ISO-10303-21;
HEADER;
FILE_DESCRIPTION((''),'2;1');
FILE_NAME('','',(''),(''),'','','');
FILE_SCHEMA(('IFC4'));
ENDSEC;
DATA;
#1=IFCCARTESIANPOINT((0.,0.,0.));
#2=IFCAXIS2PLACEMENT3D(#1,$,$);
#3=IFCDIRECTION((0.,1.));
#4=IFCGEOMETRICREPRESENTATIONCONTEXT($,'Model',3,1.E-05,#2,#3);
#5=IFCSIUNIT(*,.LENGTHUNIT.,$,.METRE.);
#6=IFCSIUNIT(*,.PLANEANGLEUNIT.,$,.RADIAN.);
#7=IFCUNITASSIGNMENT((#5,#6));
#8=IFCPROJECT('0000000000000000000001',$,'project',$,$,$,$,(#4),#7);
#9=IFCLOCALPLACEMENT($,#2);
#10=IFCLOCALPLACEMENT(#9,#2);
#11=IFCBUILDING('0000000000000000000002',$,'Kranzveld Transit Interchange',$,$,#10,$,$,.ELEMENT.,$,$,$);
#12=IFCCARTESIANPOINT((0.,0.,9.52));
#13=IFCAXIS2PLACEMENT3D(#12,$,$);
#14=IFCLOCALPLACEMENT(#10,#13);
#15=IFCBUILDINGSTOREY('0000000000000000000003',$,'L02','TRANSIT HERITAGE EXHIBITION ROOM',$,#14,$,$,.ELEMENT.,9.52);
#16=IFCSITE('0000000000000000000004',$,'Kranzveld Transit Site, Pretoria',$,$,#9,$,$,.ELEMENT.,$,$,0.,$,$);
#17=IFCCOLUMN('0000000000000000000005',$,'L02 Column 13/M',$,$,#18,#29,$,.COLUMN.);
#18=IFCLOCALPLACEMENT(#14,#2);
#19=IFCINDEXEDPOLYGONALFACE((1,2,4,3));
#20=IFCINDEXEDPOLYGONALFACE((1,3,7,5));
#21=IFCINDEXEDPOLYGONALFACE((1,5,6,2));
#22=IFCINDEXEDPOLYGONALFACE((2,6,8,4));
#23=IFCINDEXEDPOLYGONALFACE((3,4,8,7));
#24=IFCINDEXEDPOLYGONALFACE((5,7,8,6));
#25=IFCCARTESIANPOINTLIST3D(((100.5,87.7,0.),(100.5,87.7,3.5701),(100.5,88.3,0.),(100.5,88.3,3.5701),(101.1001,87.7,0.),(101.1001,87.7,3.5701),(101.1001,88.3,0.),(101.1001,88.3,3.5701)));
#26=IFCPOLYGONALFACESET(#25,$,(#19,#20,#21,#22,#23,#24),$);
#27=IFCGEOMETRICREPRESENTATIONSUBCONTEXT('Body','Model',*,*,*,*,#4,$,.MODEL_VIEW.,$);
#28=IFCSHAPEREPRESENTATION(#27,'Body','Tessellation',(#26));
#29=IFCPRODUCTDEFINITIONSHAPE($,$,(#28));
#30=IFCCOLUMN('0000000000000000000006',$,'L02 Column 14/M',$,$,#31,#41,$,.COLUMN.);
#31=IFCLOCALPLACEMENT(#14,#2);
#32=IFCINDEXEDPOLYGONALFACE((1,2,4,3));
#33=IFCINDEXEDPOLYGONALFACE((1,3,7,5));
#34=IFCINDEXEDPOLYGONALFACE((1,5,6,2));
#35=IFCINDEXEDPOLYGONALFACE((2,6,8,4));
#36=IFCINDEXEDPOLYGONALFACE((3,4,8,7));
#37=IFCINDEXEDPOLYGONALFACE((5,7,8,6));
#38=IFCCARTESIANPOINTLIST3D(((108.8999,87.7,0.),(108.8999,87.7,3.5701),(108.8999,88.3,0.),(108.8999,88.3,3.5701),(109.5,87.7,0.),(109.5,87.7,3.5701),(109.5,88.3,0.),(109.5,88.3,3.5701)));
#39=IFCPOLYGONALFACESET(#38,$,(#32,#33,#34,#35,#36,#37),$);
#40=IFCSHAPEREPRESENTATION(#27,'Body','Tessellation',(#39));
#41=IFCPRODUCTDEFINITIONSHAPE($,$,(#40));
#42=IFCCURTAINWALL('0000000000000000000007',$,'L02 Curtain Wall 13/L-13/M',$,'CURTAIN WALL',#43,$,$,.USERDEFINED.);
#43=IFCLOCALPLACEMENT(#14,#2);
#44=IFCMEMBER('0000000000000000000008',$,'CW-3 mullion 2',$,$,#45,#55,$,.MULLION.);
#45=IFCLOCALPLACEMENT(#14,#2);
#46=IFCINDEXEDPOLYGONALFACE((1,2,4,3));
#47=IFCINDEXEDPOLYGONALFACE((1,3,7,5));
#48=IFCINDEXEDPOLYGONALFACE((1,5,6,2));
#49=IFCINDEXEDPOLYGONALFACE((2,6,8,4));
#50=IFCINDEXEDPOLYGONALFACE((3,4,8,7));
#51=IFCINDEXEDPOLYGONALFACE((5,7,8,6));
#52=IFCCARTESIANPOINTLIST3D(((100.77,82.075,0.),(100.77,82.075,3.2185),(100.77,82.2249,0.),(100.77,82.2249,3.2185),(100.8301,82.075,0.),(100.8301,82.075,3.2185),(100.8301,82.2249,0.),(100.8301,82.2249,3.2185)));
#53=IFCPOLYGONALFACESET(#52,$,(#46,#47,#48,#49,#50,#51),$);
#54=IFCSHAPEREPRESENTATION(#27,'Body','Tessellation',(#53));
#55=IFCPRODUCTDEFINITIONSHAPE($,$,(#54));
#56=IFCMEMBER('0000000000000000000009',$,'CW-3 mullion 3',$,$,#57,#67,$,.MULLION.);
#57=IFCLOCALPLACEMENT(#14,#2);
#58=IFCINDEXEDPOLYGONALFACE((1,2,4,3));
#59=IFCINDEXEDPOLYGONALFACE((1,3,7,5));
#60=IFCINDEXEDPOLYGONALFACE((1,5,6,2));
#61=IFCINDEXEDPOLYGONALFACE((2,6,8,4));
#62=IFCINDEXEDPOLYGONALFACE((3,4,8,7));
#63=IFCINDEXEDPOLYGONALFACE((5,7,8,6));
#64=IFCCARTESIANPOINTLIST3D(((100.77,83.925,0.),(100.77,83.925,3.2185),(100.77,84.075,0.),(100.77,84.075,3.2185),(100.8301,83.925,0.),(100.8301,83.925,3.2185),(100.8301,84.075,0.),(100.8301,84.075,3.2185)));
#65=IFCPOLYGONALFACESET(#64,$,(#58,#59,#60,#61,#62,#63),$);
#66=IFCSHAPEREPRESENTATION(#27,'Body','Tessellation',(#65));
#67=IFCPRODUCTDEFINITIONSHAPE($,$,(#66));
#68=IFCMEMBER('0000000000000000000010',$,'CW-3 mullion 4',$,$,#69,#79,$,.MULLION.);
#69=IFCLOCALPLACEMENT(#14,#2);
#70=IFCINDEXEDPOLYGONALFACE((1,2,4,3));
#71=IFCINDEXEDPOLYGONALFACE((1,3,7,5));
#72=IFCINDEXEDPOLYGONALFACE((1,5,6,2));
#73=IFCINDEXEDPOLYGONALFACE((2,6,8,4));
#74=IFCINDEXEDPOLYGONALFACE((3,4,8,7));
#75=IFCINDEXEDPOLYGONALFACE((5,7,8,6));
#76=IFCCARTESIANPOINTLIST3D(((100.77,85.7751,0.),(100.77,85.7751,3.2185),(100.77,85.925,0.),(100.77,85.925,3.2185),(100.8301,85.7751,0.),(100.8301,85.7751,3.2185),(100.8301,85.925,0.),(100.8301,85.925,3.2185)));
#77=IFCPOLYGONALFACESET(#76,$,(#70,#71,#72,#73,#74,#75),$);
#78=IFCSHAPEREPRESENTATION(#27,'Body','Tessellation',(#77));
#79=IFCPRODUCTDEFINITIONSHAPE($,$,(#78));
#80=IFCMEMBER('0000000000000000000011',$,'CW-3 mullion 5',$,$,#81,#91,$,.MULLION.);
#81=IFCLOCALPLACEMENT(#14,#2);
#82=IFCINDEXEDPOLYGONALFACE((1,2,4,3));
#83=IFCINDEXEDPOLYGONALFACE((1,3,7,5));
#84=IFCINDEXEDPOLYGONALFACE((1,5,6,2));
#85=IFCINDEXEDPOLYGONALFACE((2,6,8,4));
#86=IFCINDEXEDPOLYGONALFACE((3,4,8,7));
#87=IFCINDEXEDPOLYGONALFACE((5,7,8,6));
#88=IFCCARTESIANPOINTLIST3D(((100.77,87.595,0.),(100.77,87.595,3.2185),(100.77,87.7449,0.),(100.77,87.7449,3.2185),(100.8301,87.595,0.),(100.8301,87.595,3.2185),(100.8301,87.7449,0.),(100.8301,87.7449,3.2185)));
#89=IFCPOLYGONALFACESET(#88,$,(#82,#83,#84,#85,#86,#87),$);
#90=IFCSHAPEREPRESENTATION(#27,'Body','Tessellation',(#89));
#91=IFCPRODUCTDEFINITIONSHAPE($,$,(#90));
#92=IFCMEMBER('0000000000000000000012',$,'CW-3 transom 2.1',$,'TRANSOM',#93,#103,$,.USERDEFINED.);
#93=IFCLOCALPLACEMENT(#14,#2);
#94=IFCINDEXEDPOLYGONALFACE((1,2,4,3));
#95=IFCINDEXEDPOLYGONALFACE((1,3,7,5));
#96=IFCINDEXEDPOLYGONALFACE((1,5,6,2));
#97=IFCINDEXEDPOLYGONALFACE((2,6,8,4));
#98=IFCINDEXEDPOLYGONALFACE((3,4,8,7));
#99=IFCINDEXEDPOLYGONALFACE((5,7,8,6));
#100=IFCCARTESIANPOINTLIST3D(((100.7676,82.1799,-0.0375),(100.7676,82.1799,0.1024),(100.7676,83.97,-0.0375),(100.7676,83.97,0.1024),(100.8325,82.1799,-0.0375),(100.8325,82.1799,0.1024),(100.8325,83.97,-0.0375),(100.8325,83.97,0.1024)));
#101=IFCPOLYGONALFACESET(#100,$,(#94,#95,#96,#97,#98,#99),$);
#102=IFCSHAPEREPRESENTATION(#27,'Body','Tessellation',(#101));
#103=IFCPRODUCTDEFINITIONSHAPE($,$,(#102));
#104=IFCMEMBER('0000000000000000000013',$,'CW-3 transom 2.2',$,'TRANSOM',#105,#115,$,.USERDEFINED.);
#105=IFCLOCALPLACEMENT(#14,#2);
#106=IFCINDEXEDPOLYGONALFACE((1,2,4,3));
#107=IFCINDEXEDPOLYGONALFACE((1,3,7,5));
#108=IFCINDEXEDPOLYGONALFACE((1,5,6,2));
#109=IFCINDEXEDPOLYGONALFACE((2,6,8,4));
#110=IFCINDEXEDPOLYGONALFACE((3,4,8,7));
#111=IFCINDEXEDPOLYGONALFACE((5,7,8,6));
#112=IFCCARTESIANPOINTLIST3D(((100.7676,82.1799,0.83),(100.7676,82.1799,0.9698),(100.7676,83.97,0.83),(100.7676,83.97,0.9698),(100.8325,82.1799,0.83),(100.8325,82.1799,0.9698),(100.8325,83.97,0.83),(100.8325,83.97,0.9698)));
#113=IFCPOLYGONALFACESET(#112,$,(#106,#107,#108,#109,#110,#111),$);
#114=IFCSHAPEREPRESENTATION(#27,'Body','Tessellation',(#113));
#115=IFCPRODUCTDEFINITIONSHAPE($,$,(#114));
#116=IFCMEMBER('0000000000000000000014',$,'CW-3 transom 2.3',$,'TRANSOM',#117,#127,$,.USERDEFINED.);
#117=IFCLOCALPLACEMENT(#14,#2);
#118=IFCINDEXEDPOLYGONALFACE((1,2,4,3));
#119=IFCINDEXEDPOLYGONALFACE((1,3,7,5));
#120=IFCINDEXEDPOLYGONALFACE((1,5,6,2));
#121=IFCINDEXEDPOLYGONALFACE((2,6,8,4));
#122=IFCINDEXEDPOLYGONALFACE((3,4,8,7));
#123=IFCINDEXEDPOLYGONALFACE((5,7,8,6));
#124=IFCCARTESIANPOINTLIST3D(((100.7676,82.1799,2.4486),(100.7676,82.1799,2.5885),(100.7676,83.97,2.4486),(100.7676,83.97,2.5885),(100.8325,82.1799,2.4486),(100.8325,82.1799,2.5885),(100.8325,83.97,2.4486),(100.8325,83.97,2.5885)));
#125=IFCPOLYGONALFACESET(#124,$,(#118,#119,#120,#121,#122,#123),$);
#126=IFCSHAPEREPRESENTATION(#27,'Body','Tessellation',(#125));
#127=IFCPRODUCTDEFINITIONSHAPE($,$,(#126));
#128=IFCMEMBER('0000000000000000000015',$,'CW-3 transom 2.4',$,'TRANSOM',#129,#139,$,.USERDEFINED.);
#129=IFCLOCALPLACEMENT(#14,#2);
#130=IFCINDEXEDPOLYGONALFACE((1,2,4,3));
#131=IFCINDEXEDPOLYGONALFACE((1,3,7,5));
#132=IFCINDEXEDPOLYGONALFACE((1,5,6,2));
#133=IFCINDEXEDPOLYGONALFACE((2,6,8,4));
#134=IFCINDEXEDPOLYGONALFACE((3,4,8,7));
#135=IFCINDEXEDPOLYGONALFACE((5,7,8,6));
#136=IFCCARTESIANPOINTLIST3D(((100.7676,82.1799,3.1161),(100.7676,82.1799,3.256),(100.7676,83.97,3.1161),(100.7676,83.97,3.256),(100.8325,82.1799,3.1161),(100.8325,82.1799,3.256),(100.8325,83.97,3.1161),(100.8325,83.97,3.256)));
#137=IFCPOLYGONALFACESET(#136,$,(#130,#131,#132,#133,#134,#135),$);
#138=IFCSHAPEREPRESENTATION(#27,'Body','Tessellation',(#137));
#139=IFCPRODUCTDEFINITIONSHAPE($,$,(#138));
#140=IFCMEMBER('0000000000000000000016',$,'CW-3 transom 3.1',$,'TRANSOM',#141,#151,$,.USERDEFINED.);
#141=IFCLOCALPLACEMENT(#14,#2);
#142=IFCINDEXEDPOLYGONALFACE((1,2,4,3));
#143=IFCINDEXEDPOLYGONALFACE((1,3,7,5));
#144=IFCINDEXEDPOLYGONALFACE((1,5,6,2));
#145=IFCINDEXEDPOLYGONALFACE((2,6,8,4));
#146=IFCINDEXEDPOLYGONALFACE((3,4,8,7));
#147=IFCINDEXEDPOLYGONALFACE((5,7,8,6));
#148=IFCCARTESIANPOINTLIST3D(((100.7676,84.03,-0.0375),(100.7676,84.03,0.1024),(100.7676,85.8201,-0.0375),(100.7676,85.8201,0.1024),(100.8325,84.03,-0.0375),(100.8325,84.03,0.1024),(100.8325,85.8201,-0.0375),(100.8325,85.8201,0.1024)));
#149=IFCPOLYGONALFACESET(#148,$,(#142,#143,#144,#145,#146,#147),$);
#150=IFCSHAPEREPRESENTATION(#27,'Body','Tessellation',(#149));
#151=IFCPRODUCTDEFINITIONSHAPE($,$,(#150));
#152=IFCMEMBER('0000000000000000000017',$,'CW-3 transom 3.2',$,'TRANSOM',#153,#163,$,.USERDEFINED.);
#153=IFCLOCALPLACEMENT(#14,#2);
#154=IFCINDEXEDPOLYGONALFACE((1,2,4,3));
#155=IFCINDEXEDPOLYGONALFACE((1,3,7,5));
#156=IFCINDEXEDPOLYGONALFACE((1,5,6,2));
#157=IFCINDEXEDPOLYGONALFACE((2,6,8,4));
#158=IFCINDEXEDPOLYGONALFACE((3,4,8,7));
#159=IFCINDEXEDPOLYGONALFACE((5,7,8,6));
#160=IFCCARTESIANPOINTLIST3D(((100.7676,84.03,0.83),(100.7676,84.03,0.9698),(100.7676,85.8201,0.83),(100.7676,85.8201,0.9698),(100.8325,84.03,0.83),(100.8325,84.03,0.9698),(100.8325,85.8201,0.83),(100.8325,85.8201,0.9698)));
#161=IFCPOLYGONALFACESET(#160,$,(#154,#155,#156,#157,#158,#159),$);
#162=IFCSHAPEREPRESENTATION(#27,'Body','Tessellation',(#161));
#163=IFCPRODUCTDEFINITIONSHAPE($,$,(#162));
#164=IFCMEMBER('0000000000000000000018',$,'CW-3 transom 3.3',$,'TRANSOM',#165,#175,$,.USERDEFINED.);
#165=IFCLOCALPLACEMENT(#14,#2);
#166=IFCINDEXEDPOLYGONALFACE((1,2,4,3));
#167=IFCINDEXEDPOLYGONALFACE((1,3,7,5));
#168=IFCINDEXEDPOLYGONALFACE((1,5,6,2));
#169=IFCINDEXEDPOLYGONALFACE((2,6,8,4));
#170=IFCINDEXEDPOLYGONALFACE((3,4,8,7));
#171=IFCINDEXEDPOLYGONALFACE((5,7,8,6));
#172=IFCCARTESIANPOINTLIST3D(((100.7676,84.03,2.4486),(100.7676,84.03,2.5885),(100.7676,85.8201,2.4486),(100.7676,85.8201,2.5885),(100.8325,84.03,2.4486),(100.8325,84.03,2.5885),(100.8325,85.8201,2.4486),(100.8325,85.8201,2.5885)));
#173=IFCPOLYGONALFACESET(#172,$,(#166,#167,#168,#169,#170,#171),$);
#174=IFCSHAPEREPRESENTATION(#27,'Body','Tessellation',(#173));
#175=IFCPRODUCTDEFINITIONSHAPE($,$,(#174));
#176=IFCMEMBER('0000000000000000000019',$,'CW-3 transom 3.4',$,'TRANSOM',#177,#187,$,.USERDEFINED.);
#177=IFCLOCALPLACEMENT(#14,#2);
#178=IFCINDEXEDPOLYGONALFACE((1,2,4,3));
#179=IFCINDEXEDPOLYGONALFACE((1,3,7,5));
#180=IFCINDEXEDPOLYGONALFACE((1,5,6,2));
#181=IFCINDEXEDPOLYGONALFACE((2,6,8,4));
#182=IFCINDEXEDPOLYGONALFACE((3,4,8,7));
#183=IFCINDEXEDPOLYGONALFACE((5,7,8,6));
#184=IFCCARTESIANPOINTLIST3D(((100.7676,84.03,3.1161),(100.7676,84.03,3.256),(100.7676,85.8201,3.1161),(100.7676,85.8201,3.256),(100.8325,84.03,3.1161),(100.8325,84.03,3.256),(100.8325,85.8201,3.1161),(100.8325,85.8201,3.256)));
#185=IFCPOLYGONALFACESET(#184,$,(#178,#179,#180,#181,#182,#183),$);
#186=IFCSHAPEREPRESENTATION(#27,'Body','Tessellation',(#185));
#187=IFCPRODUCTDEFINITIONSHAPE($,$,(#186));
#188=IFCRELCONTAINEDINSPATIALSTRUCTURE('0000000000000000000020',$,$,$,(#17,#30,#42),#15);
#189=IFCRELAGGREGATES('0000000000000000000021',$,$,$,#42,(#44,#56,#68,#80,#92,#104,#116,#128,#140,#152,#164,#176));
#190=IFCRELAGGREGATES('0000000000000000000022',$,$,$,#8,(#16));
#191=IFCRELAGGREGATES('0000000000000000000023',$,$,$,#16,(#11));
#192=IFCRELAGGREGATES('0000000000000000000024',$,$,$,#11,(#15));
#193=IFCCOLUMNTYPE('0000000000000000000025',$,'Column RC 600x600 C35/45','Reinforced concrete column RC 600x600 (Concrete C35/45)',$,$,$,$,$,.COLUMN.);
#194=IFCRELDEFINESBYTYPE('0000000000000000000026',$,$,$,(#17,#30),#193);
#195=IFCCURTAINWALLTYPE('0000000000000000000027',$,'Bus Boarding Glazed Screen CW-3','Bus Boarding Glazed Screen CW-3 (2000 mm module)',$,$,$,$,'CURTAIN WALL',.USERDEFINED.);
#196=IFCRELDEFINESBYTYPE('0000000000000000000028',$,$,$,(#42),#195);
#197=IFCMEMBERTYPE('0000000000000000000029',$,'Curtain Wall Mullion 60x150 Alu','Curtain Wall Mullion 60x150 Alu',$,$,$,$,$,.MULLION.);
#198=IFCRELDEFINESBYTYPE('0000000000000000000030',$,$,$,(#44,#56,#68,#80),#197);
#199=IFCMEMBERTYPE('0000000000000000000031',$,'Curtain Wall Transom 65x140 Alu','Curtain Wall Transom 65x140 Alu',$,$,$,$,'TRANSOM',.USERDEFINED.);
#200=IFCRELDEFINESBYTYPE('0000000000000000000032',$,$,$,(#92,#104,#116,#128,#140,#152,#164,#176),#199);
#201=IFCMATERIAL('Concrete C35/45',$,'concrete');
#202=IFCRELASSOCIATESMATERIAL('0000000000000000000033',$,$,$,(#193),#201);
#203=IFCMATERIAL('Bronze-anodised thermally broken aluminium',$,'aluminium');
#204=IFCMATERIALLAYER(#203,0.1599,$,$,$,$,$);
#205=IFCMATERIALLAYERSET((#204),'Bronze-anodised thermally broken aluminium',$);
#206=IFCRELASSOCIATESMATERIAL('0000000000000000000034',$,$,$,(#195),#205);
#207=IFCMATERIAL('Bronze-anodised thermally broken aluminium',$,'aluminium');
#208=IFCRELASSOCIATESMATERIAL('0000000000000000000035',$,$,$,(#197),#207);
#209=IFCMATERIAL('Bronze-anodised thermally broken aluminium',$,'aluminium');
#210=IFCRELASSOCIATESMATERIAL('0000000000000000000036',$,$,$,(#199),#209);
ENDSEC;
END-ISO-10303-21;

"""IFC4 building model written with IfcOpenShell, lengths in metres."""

from ifc_helpers import new_model, si_unit, direction, frame, origin, origin_2d, place, context, subcontext, project, spatial, rectangle, extrude, material, layer, layer_set, material_profile, profile_set, type_object, element, aggregate, save


model = new_model("IFC4")

# Units and contexts
model_context = context("Model", 3, precision=1e-05, world=origin(), true_north=direction((0.0, 1.0)))
body_context = subcontext(model_context, "Body", "Model", "MODEL_VIEW")
ifc_project = project(units=[si_unit("LENGTHUNIT", "METRE"), si_unit("PLANEANGLEUNIT", "RADIAN")], contexts=[model_context])

# Site, building, storey
site_placement = place(None, origin())
site = spatial("IfcSite", under=ifc_project, at=site_placement, Name="Kranzveld Transit Site, Pretoria", CompositionType="ELEMENT", RefElevation=0.0)
building_placement = place(site_placement, origin())
building = spatial("IfcBuilding", under=site, at=building_placement, Name="Kranzveld Transit Interchange", CompositionType="ELEMENT")
storey_placement = place(building_placement, frame((0.0, 0.0, 9.52)))
storey = spatial("IfcBuildingStorey", under=building, at=storey_placement, Name="L02", Description="TRANSIT HERITAGE EXHIBITION ROOM", CompositionType="ELEMENT", Elevation=9.52)

# Columns
ifc_material_1 = material(Name="Concrete C35/45", Category="concrete")
ifc_material_profile_1 = material_profile(ifc_material_1, rectangle(XDim=0.6001, YDim=0.6001, at=origin_2d()), Name="RC 600x600")
ifc_profile_set_1 = profile_set([ifc_material_profile_1], Name="Concrete C35/45")
column_type = type_object("IfcColumnType", Name="Column RC 600x600 C35/45", Description="Reinforced concrete column RC 600x600 (Concrete C35/45)", PredefinedType="COLUMN", material=ifc_profile_set_1)
for number, where, z_axis, x_axis, name in (
    (1, (100.8, 88.0, 0.0), (0.0, 0.0, 1.0), (1.0, 0.0, 0.0), "L02 Column 13/M"),
    (2, (109.2, 88.0, 0.0), (0.0, 0.0, 1.0), (1.0, 0.0, 0.0), "L02 Column 14/M"),
):
    element("IfcColumn", number, at=place(storey_placement, frame(where, z_axis=z_axis, x_axis=x_axis)), inside=storey, type_object=column_type, Name=name, PredefinedType="COLUMN", context=body_context, shape_type="SweptSolid", body=[
        extrude(rectangle(XDim=0.6001, YDim=0.6001, at=origin_2d()), origin(), (0.0, 0.0, 1.0), 3.5701),
    ])

# Curtain wall, members
ifc_material_2 = material(Name="Bronze-anodised thermally broken aluminium", Category="aluminium")
ifc_layer_1 = layer(ifc_material_2, 0.1599)
ifc_layer_set_1 = layer_set([ifc_layer_1], Name="Bronze-anodised thermally broken aluminium")
curtain_wall_type = type_object("IfcCurtainWallType", Name="Bus Boarding Glazed Screen CW-3", Description="Bus Boarding Glazed Screen CW-3 (2000 mm module)", ElementType="CURTAIN WALL", PredefinedType="USERDEFINED", material=ifc_layer_set_1)
curtain_wall_placement = place(storey_placement, origin())
curtain_wall = element("IfcCurtainWall", 3, at=curtain_wall_placement, inside=storey, type_object=curtain_wall_type, Name="L02 Curtain Wall 13/L-13/M", ObjectType="CURTAIN WALL", PredefinedType="USERDEFINED")
ifc_material_3 = material(Name="Bronze-anodised thermally broken aluminium", Category="aluminium")
ifc_material_profile_2 = material_profile(ifc_material_3, rectangle(XDim=0.0601, YDim=0.1499, at=origin_2d()), Name="ALU MULLION 60x150")
ifc_profile_set_2 = profile_set([ifc_material_profile_2], Name="Bronze-anodised thermally broken aluminium")
member_type_1 = type_object("IfcMemberType", Name="Curtain Wall Mullion 60x150 Alu", Description="Curtain Wall Mullion 60x150 Alu", PredefinedType="MULLION", material=ifc_profile_set_2)
member_1_placement = place(storey_placement, frame((100.8, 82.1499, 0.0), z_axis=(0.0, 0.0, 1.0), x_axis=(-1.0, 0.0, 0.0)))
member_1 = element("IfcMember", 4, at=member_1_placement, type_object=member_type_1, Name="CW-3 mullion 2", PredefinedType="MULLION", context=body_context, shape_type="SweptSolid", body=[
    extrude(rectangle(XDim=0.0601, YDim=0.1499, at=origin_2d()), origin(), (0.0, 0.0, 1.0), 3.2185),
])
member_2_placement = place(storey_placement, frame((100.8, 84.0, 0.0), z_axis=(0.0, 0.0, 1.0), x_axis=(-1.0, 0.0, 0.0)))
member_2 = element("IfcMember", 5, at=member_2_placement, type_object=member_type_1, Name="CW-3 mullion 3", PredefinedType="MULLION", context=body_context, shape_type="SweptSolid", body=[
    extrude(rectangle(XDim=0.0601, YDim=0.1499, at=origin_2d()), origin(), (0.0, 0.0, 1.0), 3.2185),
])
member_3_placement = place(storey_placement, frame((100.8, 85.8501, 0.0), z_axis=(0.0, 0.0, 1.0), x_axis=(-1.0, 0.0, 0.0)))
member_3 = element("IfcMember", 6, at=member_3_placement, type_object=member_type_1, Name="CW-3 mullion 4", PredefinedType="MULLION", context=body_context, shape_type="SweptSolid", body=[
    extrude(rectangle(XDim=0.0601, YDim=0.1499, at=origin_2d()), origin(), (0.0, 0.0, 1.0), 3.2185),
])
member_4_placement = place(storey_placement, frame((100.8, 87.6699, 0.0), z_axis=(0.0, 0.0, 1.0), x_axis=(-1.0, 0.0, 0.0)))
member_4 = element("IfcMember", 7, at=member_4_placement, type_object=member_type_1, Name="CW-3 mullion 5", PredefinedType="MULLION", context=body_context, shape_type="SweptSolid", body=[
    extrude(rectangle(XDim=0.0601, YDim=0.1499, at=origin_2d()), origin(), (0.0, 0.0, 1.0), 3.2185),
])
ifc_material_4 = material(Name="Bronze-anodised thermally broken aluminium", Category="aluminium")
ifc_material_profile_3 = material_profile(ifc_material_4, rectangle(XDim=0.0649, YDim=0.1399, at=origin_2d()), Name="ALU TRANSOM 65x140")
ifc_profile_set_3 = profile_set([ifc_material_profile_3], Name="Bronze-anodised thermally broken aluminium")
member_type_2 = type_object("IfcMemberType", Name="Curtain Wall Transom 65x140 Alu", Description="Curtain Wall Transom 65x140 Alu", ElementType="TRANSOM", PredefinedType="USERDEFINED", material=ifc_profile_set_3)
member_5_placement = place(storey_placement, frame((100.8, 82.1799, 0.0325), z_axis=(0.0, 1.0, 0.0), x_axis=(-1.0, 0.0, 0.0)))
member_5 = element("IfcMember", 8, at=member_5_placement, type_object=member_type_2, Name="CW-3 transom 2.1", ObjectType="TRANSOM", PredefinedType="USERDEFINED", context=body_context, shape_type="SweptSolid", body=[
    extrude(rectangle(XDim=0.0649, YDim=0.1399, at=origin_2d()), origin(), (0.0, 0.0, 1.0), 1.79),
])
member_6_placement = place(storey_placement, frame((100.8, 82.1799, 0.8999), z_axis=(0.0, 1.0, 0.0), x_axis=(-1.0, 0.0, 0.0)))
member_6 = element("IfcMember", 9, at=member_6_placement, type_object=member_type_2, Name="CW-3 transom 2.2", ObjectType="TRANSOM", PredefinedType="USERDEFINED", context=body_context, shape_type="SweptSolid", body=[
    extrude(rectangle(XDim=0.0649, YDim=0.1399, at=origin_2d()), origin(), (0.0, 0.0, 1.0), 1.79),
])
member_7_placement = place(storey_placement, frame((100.8, 82.1799, 2.5186), z_axis=(0.0, 1.0, 0.0), x_axis=(-1.0, 0.0, 0.0)))
member_7 = element("IfcMember", 10, at=member_7_placement, type_object=member_type_2, Name="CW-3 transom 2.3", ObjectType="TRANSOM", PredefinedType="USERDEFINED", context=body_context, shape_type="SweptSolid", body=[
    extrude(rectangle(XDim=0.0649, YDim=0.1399, at=origin_2d()), origin(), (0.0, 0.0, 1.0), 1.79),
])
member_8_placement = place(storey_placement, frame((100.8, 82.1799, 3.186), z_axis=(0.0, 1.0, 0.0), x_axis=(-1.0, 0.0, 0.0)))
member_8 = element("IfcMember", 11, at=member_8_placement, type_object=member_type_2, Name="CW-3 transom 2.4", ObjectType="TRANSOM", PredefinedType="USERDEFINED", context=body_context, shape_type="SweptSolid", body=[
    extrude(rectangle(XDim=0.0649, YDim=0.1399, at=origin_2d()), origin(), (0.0, 0.0, 1.0), 1.79),
])
member_9_placement = place(storey_placement, frame((100.8, 84.03, 0.0325), z_axis=(0.0, 1.0, 0.0), x_axis=(-1.0, 0.0, 0.0)))
member_9 = element("IfcMember", 12, at=member_9_placement, type_object=member_type_2, Name="CW-3 transom 3.1", ObjectType="TRANSOM", PredefinedType="USERDEFINED", context=body_context, shape_type="SweptSolid", body=[
    extrude(rectangle(XDim=0.0649, YDim=0.1399, at=origin_2d()), origin(), (0.0, 0.0, 1.0), 1.79),
])
member_10_placement = place(storey_placement, frame((100.8, 84.03, 0.8999), z_axis=(0.0, 1.0, 0.0), x_axis=(-1.0, 0.0, 0.0)))
member_10 = element("IfcMember", 13, at=member_10_placement, type_object=member_type_2, Name="CW-3 transom 3.2", ObjectType="TRANSOM", PredefinedType="USERDEFINED", context=body_context, shape_type="SweptSolid", body=[
    extrude(rectangle(XDim=0.0649, YDim=0.1399, at=origin_2d()), origin(), (0.0, 0.0, 1.0), 1.79),
])
member_11_placement = place(storey_placement, frame((100.8, 84.03, 2.5186), z_axis=(0.0, 1.0, 0.0), x_axis=(-1.0, 0.0, 0.0)))
member_11 = element("IfcMember", 14, at=member_11_placement, type_object=member_type_2, Name="CW-3 transom 3.3", ObjectType="TRANSOM", PredefinedType="USERDEFINED", context=body_context, shape_type="SweptSolid", body=[
    extrude(rectangle(XDim=0.0649, YDim=0.1399, at=origin_2d()), origin(), (0.0, 0.0, 1.0), 1.79),
])
member_12_placement = place(storey_placement, frame((100.8, 84.03, 3.186), z_axis=(0.0, 1.0, 0.0), x_axis=(-1.0, 0.0, 0.0)))
member_12 = element("IfcMember", 15, at=member_12_placement, type_object=member_type_2, Name="CW-3 transom 3.4", ObjectType="TRANSOM", PredefinedType="USERDEFINED", context=body_context, shape_type="SweptSolid", body=[
    extrude(rectangle(XDim=0.0649, YDim=0.1399, at=origin_2d()), origin(), (0.0, 0.0, 1.0), 1.79),
])

aggregate(curtain_wall, [member_1, member_2, member_3, member_4, member_5, member_6, member_7, member_8, member_9, member_10, member_11, member_12])

save(model, "model.ifc")
